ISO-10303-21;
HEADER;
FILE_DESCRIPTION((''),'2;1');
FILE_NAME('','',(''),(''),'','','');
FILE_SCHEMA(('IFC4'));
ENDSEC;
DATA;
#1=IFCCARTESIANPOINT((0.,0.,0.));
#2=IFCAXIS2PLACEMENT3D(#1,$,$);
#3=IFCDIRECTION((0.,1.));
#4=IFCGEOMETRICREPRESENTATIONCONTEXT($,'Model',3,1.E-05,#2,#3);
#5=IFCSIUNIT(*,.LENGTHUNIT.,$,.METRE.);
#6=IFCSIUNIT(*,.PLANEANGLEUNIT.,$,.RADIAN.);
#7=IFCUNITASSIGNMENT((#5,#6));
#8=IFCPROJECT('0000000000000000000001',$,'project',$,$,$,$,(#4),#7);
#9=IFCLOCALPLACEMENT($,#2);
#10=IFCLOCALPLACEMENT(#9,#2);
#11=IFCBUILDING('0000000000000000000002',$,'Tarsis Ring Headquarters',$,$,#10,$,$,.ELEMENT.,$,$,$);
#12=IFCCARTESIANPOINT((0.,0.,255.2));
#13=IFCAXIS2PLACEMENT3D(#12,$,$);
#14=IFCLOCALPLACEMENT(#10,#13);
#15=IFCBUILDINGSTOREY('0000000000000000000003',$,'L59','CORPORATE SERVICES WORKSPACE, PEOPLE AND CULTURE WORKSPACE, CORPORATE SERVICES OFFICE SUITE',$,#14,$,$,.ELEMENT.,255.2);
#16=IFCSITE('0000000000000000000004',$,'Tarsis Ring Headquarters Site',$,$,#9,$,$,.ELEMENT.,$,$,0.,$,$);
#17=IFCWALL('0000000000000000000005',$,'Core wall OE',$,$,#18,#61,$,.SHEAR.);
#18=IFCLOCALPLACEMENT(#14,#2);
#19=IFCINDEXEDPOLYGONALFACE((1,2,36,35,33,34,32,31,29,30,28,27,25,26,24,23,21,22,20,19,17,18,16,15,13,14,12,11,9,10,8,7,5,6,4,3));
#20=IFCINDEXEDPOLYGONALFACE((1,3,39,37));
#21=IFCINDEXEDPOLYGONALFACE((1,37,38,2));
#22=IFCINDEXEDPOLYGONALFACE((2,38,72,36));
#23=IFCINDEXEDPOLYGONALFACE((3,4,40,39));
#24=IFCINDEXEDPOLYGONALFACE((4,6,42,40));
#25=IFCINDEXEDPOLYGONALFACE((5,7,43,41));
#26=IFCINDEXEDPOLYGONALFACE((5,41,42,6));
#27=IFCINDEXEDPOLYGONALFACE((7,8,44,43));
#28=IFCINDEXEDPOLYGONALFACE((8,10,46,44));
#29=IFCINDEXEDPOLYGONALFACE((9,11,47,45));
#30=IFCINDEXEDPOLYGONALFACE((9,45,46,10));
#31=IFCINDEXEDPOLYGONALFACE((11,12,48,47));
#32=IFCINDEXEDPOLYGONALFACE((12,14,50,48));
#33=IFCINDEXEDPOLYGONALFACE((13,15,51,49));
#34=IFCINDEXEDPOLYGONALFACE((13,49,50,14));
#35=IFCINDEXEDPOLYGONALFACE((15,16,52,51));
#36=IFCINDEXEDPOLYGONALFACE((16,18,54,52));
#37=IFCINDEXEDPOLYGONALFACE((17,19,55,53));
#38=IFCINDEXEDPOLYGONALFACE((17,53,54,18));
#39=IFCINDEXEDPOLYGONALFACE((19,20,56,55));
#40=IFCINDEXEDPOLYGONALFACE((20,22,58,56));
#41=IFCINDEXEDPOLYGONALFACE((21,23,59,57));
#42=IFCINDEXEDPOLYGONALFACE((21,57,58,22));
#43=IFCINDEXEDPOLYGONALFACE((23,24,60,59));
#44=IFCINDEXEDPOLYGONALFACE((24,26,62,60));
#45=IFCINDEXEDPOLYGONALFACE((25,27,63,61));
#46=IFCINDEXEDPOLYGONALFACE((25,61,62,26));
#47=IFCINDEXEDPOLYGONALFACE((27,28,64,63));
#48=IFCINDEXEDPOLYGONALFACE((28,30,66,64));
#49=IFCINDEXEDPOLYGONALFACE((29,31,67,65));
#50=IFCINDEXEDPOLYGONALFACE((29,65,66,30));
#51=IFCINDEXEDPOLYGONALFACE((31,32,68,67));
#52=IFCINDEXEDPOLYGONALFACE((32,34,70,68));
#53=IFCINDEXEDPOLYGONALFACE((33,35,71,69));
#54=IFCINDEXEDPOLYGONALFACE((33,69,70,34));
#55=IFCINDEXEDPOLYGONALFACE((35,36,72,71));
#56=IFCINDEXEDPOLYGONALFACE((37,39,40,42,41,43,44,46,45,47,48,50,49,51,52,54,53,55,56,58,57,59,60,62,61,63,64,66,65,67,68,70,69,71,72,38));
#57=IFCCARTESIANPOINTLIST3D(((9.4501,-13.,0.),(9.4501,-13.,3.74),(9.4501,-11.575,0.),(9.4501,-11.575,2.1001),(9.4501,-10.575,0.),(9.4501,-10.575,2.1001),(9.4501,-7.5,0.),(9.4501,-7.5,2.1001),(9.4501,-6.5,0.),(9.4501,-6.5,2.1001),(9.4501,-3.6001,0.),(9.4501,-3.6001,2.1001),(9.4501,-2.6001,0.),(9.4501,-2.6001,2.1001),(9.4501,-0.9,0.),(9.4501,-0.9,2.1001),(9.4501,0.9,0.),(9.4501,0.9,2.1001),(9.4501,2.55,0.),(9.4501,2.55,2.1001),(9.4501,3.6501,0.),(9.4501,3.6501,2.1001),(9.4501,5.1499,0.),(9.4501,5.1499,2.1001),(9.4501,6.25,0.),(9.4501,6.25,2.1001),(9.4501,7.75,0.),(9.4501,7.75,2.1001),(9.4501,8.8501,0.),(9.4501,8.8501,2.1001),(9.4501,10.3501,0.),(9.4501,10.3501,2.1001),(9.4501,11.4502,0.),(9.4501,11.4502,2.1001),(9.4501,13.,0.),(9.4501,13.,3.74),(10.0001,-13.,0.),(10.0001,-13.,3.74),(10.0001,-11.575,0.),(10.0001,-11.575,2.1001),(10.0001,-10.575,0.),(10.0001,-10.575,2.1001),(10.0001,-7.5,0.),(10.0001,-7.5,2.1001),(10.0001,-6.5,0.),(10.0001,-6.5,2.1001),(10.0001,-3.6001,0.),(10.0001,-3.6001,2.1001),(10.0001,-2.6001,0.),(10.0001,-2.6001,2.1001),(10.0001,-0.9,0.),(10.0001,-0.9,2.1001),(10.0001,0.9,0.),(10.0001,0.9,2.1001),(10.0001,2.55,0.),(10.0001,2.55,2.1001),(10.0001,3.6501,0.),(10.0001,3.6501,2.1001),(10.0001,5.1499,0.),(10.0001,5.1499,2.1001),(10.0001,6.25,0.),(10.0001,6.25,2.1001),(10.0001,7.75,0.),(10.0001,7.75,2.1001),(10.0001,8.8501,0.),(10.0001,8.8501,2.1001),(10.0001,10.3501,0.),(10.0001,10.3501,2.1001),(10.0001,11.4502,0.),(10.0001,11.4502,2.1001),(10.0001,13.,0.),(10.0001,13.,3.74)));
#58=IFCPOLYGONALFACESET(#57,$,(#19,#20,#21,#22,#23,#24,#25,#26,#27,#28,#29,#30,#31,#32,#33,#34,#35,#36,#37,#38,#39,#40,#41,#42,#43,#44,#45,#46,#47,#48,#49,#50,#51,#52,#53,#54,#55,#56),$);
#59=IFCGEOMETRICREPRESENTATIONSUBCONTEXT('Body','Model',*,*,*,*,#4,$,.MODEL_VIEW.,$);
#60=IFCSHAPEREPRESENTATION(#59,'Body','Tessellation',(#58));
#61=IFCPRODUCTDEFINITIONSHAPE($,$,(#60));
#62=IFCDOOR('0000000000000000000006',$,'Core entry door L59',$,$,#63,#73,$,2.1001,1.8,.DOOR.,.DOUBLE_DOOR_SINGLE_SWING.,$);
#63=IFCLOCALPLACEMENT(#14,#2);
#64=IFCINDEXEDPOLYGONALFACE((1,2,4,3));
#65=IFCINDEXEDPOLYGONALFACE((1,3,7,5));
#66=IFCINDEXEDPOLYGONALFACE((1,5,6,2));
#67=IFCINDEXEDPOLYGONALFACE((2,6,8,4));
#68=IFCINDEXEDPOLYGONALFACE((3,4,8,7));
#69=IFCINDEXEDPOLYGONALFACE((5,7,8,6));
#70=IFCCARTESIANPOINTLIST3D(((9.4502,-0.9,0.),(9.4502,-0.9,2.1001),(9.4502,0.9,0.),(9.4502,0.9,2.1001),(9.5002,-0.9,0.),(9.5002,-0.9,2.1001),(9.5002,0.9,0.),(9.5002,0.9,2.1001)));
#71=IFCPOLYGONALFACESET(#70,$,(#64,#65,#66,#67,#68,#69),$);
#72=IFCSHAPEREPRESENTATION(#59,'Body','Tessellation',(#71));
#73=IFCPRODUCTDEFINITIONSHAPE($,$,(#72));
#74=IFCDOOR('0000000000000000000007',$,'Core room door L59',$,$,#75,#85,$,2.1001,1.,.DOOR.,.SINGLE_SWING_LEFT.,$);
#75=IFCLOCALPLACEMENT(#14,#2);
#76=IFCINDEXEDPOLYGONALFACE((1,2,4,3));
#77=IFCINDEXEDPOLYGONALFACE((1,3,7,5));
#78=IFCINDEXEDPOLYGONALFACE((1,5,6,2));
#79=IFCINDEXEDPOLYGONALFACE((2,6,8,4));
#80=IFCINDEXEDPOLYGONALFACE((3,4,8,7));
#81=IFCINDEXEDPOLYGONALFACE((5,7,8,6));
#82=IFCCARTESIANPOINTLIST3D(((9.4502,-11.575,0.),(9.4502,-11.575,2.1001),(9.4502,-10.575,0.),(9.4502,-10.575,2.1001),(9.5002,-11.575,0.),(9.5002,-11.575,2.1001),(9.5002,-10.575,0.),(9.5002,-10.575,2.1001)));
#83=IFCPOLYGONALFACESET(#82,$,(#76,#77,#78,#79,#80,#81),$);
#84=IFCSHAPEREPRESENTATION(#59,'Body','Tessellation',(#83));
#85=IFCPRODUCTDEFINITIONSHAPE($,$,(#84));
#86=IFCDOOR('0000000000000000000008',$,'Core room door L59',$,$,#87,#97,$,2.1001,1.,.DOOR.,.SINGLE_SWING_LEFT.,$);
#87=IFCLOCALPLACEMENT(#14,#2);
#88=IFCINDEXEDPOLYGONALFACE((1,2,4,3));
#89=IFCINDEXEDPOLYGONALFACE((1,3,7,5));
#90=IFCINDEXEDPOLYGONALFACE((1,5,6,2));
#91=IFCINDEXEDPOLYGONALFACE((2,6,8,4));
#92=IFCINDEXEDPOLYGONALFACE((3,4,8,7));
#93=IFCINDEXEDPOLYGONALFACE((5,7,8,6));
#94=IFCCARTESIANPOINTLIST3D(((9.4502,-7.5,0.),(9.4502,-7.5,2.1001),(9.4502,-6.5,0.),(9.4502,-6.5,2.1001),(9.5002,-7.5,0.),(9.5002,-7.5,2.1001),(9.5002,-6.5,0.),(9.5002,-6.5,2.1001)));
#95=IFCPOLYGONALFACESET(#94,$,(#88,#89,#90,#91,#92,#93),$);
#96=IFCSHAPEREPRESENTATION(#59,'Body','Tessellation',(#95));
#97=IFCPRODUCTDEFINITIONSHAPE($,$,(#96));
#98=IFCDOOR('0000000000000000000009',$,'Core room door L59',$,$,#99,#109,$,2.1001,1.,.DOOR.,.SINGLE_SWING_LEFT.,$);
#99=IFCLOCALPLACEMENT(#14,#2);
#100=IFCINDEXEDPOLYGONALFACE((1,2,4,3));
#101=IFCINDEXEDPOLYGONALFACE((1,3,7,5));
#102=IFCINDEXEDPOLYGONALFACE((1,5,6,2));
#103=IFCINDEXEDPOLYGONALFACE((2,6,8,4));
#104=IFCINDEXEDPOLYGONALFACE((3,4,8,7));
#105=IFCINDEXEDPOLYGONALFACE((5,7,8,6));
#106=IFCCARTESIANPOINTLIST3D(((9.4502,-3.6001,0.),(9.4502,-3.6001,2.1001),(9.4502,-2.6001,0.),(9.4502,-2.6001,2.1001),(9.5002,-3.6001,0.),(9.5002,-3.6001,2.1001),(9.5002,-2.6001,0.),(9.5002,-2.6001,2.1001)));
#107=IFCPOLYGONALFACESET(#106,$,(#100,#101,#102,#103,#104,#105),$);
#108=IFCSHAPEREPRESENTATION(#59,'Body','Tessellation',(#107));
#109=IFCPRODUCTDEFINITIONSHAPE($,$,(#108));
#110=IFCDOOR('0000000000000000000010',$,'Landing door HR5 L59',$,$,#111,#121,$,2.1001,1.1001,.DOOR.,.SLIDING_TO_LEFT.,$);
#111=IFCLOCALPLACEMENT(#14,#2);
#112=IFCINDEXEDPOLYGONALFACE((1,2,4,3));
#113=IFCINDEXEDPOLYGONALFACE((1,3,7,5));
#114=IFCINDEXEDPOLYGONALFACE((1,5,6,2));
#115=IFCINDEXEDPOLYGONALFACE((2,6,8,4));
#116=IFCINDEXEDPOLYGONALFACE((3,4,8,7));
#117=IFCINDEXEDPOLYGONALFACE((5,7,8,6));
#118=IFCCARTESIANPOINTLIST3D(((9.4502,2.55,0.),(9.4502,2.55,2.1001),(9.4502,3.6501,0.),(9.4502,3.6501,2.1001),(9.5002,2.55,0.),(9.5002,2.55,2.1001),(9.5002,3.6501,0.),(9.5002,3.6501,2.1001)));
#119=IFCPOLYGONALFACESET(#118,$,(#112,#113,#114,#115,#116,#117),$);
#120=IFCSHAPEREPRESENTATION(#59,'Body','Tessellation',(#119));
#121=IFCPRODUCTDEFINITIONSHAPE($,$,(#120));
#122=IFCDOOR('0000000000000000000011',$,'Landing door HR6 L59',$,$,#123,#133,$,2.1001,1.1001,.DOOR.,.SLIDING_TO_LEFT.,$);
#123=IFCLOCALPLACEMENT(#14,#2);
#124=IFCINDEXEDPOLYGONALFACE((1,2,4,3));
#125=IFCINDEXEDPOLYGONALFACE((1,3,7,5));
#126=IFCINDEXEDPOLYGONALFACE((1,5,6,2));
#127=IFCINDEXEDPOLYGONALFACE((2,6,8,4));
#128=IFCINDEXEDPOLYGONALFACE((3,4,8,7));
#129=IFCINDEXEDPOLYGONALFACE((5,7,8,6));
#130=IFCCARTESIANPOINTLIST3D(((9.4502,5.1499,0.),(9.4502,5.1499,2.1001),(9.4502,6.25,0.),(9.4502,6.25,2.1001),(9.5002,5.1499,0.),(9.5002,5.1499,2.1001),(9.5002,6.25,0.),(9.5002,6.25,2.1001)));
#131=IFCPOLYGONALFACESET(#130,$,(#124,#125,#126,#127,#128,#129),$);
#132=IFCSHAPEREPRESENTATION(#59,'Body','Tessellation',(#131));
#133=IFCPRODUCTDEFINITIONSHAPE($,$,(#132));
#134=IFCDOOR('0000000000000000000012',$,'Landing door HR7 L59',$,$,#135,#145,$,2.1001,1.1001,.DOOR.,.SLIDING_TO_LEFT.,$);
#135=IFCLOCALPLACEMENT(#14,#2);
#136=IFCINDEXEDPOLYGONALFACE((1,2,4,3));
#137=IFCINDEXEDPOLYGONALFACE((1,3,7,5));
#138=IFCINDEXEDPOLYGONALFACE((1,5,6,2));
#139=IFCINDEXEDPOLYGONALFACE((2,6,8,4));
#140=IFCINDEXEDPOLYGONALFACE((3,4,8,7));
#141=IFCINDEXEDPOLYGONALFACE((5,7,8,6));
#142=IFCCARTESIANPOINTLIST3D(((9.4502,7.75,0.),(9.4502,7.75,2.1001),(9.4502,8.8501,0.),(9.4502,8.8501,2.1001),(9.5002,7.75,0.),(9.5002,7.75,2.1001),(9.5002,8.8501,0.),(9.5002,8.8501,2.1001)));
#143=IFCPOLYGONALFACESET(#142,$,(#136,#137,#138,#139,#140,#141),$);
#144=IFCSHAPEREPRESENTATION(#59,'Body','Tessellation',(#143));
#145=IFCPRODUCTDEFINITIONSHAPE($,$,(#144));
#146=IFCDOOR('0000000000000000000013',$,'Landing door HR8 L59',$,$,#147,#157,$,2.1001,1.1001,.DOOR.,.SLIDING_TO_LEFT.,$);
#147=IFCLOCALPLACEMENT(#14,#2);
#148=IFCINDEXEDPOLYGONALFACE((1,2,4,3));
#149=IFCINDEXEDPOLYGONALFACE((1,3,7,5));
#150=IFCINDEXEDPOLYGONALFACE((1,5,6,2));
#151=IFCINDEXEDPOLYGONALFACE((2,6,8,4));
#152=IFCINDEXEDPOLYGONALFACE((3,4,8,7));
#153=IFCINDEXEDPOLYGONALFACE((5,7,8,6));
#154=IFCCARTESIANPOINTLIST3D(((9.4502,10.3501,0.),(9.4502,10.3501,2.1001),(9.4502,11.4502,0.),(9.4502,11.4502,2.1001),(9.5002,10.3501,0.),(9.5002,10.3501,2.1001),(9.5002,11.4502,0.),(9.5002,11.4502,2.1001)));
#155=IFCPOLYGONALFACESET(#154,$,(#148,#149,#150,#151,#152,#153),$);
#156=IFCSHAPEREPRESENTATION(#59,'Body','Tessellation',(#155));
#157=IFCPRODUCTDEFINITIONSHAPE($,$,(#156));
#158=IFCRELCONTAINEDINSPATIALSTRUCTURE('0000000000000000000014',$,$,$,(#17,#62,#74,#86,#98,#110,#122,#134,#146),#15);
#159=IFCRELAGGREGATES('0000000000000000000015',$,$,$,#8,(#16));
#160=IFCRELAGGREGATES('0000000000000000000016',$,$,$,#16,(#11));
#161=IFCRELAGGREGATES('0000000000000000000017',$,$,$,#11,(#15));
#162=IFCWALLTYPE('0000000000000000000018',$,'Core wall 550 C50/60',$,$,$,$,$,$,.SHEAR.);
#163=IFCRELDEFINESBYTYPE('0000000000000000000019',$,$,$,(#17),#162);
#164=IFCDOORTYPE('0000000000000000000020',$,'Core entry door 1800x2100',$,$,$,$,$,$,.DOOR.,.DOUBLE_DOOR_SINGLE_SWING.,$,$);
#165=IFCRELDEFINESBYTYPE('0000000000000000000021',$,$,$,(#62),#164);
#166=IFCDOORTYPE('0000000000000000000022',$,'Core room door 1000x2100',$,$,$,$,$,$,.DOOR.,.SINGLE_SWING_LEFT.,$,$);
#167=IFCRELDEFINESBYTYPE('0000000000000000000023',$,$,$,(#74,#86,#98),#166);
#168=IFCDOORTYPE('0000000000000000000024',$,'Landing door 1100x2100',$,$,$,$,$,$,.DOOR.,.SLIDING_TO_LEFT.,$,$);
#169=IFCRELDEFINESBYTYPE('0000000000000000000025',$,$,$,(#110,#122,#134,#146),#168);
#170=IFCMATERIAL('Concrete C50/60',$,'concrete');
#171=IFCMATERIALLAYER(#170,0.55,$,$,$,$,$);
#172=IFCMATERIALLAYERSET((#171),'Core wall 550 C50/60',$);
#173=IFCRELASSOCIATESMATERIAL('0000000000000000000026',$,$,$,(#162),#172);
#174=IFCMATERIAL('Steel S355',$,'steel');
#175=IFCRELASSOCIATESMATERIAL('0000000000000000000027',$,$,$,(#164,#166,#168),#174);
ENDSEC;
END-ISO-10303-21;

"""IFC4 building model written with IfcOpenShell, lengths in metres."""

from ifc_helpers import new_model, si_unit, direction, frame, frame_2d, origin, place, context, subcontext, project, spatial, rectangle, extrude, material, layer, layer_set, type_object, element, fill, save


model = new_model("IFC4")

# Units and contexts
model_context = context("Model", 3, precision=1e-05, world=origin(), true_north=direction((0.0, 1.0)))
body_context = subcontext(model_context, "Body", "Model", "MODEL_VIEW")
ifc_project = project(units=[si_unit("LENGTHUNIT", "METRE"), si_unit("PLANEANGLEUNIT", "RADIAN")], contexts=[model_context])

# Site, building, storey
site_placement = place(None, origin())
site = spatial("IfcSite", under=ifc_project, at=site_placement, Name="Tarsis Ring Headquarters Site", CompositionType="ELEMENT", RefElevation=0.0)
building_placement = place(site_placement, origin())
building = spatial("IfcBuilding", under=site, at=building_placement, Name="Tarsis Ring Headquarters", CompositionType="ELEMENT")
storey_placement = place(building_placement, frame((0.0, 0.0, 255.2)))
storey = spatial("IfcBuildingStorey", under=building, at=storey_placement, Name="L59", Description="CORPORATE SERVICES WORKSPACE, PEOPLE AND CULTURE WORKSPACE, CORPORATE SERVICES OFFICE SUITE", CompositionType="ELEMENT", Elevation=255.2)

# Wall, openings, doors
ifc_material_1 = material(Name="Concrete C50/60", Category="concrete")
ifc_layer_1 = layer(ifc_material_1, 0.55)
ifc_layer_set_1 = layer_set([ifc_layer_1], Name="Core wall 550 C50/60")
wall_type_1 = type_object("IfcWallType", Name="Core wall 550 C50/60", PredefinedType="SHEAR", material=ifc_layer_set_1)
wall_1_placement = place(storey_placement, frame((9.7251, -13.0, 0.0), z_axis=(0.0, 0.0, 1.0), x_axis=(0.0, 1.0, 0.0)))
wall_1 = element("IfcWall", 1, at=wall_1_placement, inside=storey, type_object=wall_type_1, Name="Core wall OE", PredefinedType="SHEAR", context=body_context, shape_type="SweptSolid", body=[
    extrude(rectangle(XDim=26.0, YDim=0.55, at=frame_2d((13.0, 0.0))), origin(), (0.0, 0.0, 1.0), 3.74),
])
opening_1_placement = place(wall_1_placement, frame((1.425, 0.0, 0.0)))
opening_1 = element("IfcOpeningElement", 2, at=opening_1_placement, cuts=wall_1, PredefinedType="OPENING", context=body_context, shape_type="SweptSolid", body=[
    extrude(rectangle(XDim=1.0, YDim=2.1001, at=frame_2d((0.5, 1.05))), frame((0.0, 0.2849, 0.0), z_axis=(0.0, -1.0, 0.0), x_axis=(1.0, 0.0, 0.0)), (0.0, 0.0, 1.0), 0.5701),
])
opening_2_placement = place(wall_1_placement, frame((5.5, 0.0, 0.0)))
opening_2 = element("IfcOpeningElement", 3, at=opening_2_placement, cuts=wall_1, PredefinedType="OPENING", context=body_context, shape_type="SweptSolid", body=[
    extrude(rectangle(XDim=1.0, YDim=2.1001, at=frame_2d((0.5, 1.05))), frame((0.0, 0.2849, 0.0), z_axis=(0.0, -1.0, 0.0), x_axis=(1.0, 0.0, 0.0)), (0.0, 0.0, 1.0), 0.5701),
])
opening_3_placement = place(wall_1_placement, frame((9.3999, 0.0, 0.0)))
opening_3 = element("IfcOpeningElement", 4, at=opening_3_placement, cuts=wall_1, PredefinedType="OPENING", context=body_context, shape_type="SweptSolid", body=[
    extrude(rectangle(XDim=1.0, YDim=2.1001, at=frame_2d((0.5, 1.05))), frame((0.0, 0.2849, 0.0), z_axis=(0.0, -1.0, 0.0), x_axis=(1.0, 0.0, 0.0)), (0.0, 0.0, 1.0), 0.5701),
])
opening_4_placement = place(wall_1_placement, frame((12.1001, 0.0, 0.0)))
opening_4 = element("IfcOpeningElement", 5, at=opening_4_placement, cuts=wall_1, PredefinedType="OPENING", context=body_context, shape_type="SweptSolid", body=[
    extrude(rectangle(XDim=1.8, YDim=2.1001, at=frame_2d((0.8999, 1.05))), frame((0.0, 0.2849, 0.0), z_axis=(0.0, -1.0, 0.0), x_axis=(1.0, 0.0, 0.0)), (0.0, 0.0, 1.0), 0.5701),
])
opening_5_placement = place(wall_1_placement, frame((15.55, 0.0, 0.0)))
opening_5 = element("IfcOpeningElement", 6, at=opening_5_placement, cuts=wall_1, PredefinedType="OPENING", context=body_context, shape_type="SweptSolid", body=[
    extrude(rectangle(XDim=1.1001, YDim=2.1001, at=frame_2d((0.55, 1.05))), frame((0.0, 0.2849, 0.0), z_axis=(0.0, -1.0, 0.0), x_axis=(1.0, 0.0, 0.0)), (0.0, 0.0, 1.0), 0.5701),
])
opening_6_placement = place(wall_1_placement, frame((18.1499, 0.0, 0.0)))
opening_6 = element("IfcOpeningElement", 7, at=opening_6_placement, cuts=wall_1, PredefinedType="OPENING", context=body_context, shape_type="SweptSolid", body=[
    extrude(rectangle(XDim=1.1001, YDim=2.1001, at=frame_2d((0.55, 1.05))), frame((0.0, 0.2849, 0.0), z_axis=(0.0, -1.0, 0.0), x_axis=(1.0, 0.0, 0.0)), (0.0, 0.0, 1.0), 0.5701),
])
opening_7_placement = place(wall_1_placement, frame((20.75, 0.0, 0.0)))
opening_7 = element("IfcOpeningElement", 8, at=opening_7_placement, cuts=wall_1, PredefinedType="OPENING", context=body_context, shape_type="SweptSolid", body=[
    extrude(rectangle(XDim=1.1001, YDim=2.1001, at=frame_2d((0.55, 1.05))), frame((0.0, 0.2849, 0.0), z_axis=(0.0, -1.0, 0.0), x_axis=(1.0, 0.0, 0.0)), (0.0, 0.0, 1.0), 0.5701),
])
opening_8_placement = place(wall_1_placement, frame((23.3501, 0.0, 0.0)))
opening_8 = element("IfcOpeningElement", 9, at=opening_8_placement, cuts=wall_1, PredefinedType="OPENING", context=body_context, shape_type="SweptSolid", body=[
    extrude(rectangle(XDim=1.1001, YDim=2.1001, at=frame_2d((0.55, 1.05))), frame((0.0, 0.2849, 0.0), z_axis=(0.0, -1.0, 0.0), x_axis=(1.0, 0.0, 0.0)), (0.0, 0.0, 1.0), 0.5701),
])
ifc_material_2 = material(Name="Steel S355", Category="steel")
door_type_1 = type_object("IfcDoorType", Name="Core entry door 1800x2100", OperationType="DOUBLE_DOOR_SINGLE_SWING", PredefinedType="DOOR", material=ifc_material_2)
door_1_placement = place(opening_4_placement, origin())
door_1 = element("IfcDoor", 10, at=door_1_placement, inside=storey, type_object=door_type_1, Name="Core entry door L59", OperationType="DOUBLE_DOOR_SINGLE_SWING", OverallHeight=2.1001, OverallWidth=1.8, PredefinedType="DOOR", context=body_context, shape_type="SweptSolid", body=[
    extrude(rectangle(XDim=1.8, YDim=2.1001, at=frame_2d((0.8999, 1.05))), frame((0.0, 0.2749, 0.0), z_axis=(0.0, -1.0, 0.0), x_axis=(1.0, 0.0, 0.0)), (0.0, 0.0, 1.0), 0.05),
])
fill(opening_4, door_1)
door_type_2 = type_object("IfcDoorType", Name="Core room door 1000x2100", OperationType="SINGLE_SWING_LEFT", PredefinedType="DOOR", material=ifc_material_2)
door_2_placement = place(opening_1_placement, origin())
door_2 = element("IfcDoor", 11, at=door_2_placement, inside=storey, type_object=door_type_2, Name="Core room door L59", OperationType="SINGLE_SWING_LEFT", OverallHeight=2.1001, OverallWidth=1.0, PredefinedType="DOOR", context=body_context, shape_type="SweptSolid", body=[
    extrude(rectangle(XDim=1.0, YDim=2.1001, at=frame_2d((0.5, 1.05))), frame((0.0, 0.2749, 0.0), z_axis=(0.0, -1.0, 0.0), x_axis=(1.0, 0.0, 0.0)), (0.0, 0.0, 1.0), 0.05),
])
fill(opening_1, door_2)
door_3_placement = place(opening_2_placement, origin())
door_3 = element("IfcDoor", 12, at=door_3_placement, inside=storey, type_object=door_type_2, Name="Core room door L59", OperationType="SINGLE_SWING_LEFT", OverallHeight=2.1001, OverallWidth=1.0, PredefinedType="DOOR", context=body_context, shape_type="SweptSolid", body=[
    extrude(rectangle(XDim=1.0, YDim=2.1001, at=frame_2d((0.5, 1.05))), frame((0.0, 0.2749, 0.0), z_axis=(0.0, -1.0, 0.0), x_axis=(1.0, 0.0, 0.0)), (0.0, 0.0, 1.0), 0.05),
])
fill(opening_2, door_3)
door_4_placement = place(opening_3_placement, origin())
door_4 = element("IfcDoor", 13, at=door_4_placement, inside=storey, type_object=door_type_2, Name="Core room door L59", OperationType="SINGLE_SWING_LEFT", OverallHeight=2.1001, OverallWidth=1.0, PredefinedType="DOOR", context=body_context, shape_type="SweptSolid", body=[
    extrude(rectangle(XDim=1.0, YDim=2.1001, at=frame_2d((0.5, 1.05))), frame((0.0, 0.2749, 0.0), z_axis=(0.0, -1.0, 0.0), x_axis=(1.0, 0.0, 0.0)), (0.0, 0.0, 1.0), 0.05),
])
fill(opening_3, door_4)
door_type_3 = type_object("IfcDoorType", Name="Landing door 1100x2100", OperationType="SLIDING_TO_LEFT", PredefinedType="DOOR", material=ifc_material_2)
door_5_placement = place(opening_5_placement, origin())
door_5 = element("IfcDoor", 14, at=door_5_placement, inside=storey, type_object=door_type_3, Name="Landing door HR5 L59", OperationType="SLIDING_TO_LEFT", OverallHeight=2.1001, OverallWidth=1.1001, PredefinedType="DOOR", context=body_context, shape_type="SweptSolid", body=[
    extrude(rectangle(XDim=1.1001, YDim=2.1001, at=frame_2d((0.55, 1.05))), frame((0.0, 0.2749, 0.0), z_axis=(0.0, -1.0, 0.0), x_axis=(1.0, 0.0, 0.0)), (0.0, 0.0, 1.0), 0.05),
])
fill(opening_5, door_5)
door_6_placement = place(opening_6_placement, origin())
door_6 = element("IfcDoor", 15, at=door_6_placement, inside=storey, type_object=door_type_3, Name="Landing door HR6 L59", OperationType="SLIDING_TO_LEFT", OverallHeight=2.1001, OverallWidth=1.1001, PredefinedType="DOOR", context=body_context, shape_type="SweptSolid", body=[
    extrude(rectangle(XDim=1.1001, YDim=2.1001, at=frame_2d((0.55, 1.05))), frame((0.0, 0.2749, 0.0), z_axis=(0.0, -1.0, 0.0), x_axis=(1.0, 0.0, 0.0)), (0.0, 0.0, 1.0), 0.05),
])
fill(opening_6, door_6)
door_7_placement = place(opening_7_placement, origin())
door_7 = element("IfcDoor", 16, at=door_7_placement, inside=storey, type_object=door_type_3, Name="Landing door HR7 L59", OperationType="SLIDING_TO_LEFT", OverallHeight=2.1001, OverallWidth=1.1001, PredefinedType="DOOR", context=body_context, shape_type="SweptSolid", body=[
    extrude(rectangle(XDim=1.1001, YDim=2.1001, at=frame_2d((0.55, 1.05))), frame((0.0, 0.2749, 0.0), z_axis=(0.0, -1.0, 0.0), x_axis=(1.0, 0.0, 0.0)), (0.0, 0.0, 1.0), 0.05),
])
fill(opening_7, door_7)
door_8_placement = place(opening_8_placement, origin())
door_8 = element("IfcDoor", 17, at=door_8_placement, inside=storey, type_object=door_type_3, Name="Landing door HR8 L59", OperationType="SLIDING_TO_LEFT", OverallHeight=2.1001, OverallWidth=1.1001, PredefinedType="DOOR", context=body_context, shape_type="SweptSolid", body=[
    extrude(rectangle(XDim=1.1001, YDim=2.1001, at=frame_2d((0.55, 1.05))), frame((0.0, 0.2749, 0.0), z_axis=(0.0, -1.0, 0.0), x_axis=(1.0, 0.0, 0.0)), (0.0, 0.0, 1.0), 0.05),
])
fill(opening_8, door_8)

save(model, "model.ifc")
